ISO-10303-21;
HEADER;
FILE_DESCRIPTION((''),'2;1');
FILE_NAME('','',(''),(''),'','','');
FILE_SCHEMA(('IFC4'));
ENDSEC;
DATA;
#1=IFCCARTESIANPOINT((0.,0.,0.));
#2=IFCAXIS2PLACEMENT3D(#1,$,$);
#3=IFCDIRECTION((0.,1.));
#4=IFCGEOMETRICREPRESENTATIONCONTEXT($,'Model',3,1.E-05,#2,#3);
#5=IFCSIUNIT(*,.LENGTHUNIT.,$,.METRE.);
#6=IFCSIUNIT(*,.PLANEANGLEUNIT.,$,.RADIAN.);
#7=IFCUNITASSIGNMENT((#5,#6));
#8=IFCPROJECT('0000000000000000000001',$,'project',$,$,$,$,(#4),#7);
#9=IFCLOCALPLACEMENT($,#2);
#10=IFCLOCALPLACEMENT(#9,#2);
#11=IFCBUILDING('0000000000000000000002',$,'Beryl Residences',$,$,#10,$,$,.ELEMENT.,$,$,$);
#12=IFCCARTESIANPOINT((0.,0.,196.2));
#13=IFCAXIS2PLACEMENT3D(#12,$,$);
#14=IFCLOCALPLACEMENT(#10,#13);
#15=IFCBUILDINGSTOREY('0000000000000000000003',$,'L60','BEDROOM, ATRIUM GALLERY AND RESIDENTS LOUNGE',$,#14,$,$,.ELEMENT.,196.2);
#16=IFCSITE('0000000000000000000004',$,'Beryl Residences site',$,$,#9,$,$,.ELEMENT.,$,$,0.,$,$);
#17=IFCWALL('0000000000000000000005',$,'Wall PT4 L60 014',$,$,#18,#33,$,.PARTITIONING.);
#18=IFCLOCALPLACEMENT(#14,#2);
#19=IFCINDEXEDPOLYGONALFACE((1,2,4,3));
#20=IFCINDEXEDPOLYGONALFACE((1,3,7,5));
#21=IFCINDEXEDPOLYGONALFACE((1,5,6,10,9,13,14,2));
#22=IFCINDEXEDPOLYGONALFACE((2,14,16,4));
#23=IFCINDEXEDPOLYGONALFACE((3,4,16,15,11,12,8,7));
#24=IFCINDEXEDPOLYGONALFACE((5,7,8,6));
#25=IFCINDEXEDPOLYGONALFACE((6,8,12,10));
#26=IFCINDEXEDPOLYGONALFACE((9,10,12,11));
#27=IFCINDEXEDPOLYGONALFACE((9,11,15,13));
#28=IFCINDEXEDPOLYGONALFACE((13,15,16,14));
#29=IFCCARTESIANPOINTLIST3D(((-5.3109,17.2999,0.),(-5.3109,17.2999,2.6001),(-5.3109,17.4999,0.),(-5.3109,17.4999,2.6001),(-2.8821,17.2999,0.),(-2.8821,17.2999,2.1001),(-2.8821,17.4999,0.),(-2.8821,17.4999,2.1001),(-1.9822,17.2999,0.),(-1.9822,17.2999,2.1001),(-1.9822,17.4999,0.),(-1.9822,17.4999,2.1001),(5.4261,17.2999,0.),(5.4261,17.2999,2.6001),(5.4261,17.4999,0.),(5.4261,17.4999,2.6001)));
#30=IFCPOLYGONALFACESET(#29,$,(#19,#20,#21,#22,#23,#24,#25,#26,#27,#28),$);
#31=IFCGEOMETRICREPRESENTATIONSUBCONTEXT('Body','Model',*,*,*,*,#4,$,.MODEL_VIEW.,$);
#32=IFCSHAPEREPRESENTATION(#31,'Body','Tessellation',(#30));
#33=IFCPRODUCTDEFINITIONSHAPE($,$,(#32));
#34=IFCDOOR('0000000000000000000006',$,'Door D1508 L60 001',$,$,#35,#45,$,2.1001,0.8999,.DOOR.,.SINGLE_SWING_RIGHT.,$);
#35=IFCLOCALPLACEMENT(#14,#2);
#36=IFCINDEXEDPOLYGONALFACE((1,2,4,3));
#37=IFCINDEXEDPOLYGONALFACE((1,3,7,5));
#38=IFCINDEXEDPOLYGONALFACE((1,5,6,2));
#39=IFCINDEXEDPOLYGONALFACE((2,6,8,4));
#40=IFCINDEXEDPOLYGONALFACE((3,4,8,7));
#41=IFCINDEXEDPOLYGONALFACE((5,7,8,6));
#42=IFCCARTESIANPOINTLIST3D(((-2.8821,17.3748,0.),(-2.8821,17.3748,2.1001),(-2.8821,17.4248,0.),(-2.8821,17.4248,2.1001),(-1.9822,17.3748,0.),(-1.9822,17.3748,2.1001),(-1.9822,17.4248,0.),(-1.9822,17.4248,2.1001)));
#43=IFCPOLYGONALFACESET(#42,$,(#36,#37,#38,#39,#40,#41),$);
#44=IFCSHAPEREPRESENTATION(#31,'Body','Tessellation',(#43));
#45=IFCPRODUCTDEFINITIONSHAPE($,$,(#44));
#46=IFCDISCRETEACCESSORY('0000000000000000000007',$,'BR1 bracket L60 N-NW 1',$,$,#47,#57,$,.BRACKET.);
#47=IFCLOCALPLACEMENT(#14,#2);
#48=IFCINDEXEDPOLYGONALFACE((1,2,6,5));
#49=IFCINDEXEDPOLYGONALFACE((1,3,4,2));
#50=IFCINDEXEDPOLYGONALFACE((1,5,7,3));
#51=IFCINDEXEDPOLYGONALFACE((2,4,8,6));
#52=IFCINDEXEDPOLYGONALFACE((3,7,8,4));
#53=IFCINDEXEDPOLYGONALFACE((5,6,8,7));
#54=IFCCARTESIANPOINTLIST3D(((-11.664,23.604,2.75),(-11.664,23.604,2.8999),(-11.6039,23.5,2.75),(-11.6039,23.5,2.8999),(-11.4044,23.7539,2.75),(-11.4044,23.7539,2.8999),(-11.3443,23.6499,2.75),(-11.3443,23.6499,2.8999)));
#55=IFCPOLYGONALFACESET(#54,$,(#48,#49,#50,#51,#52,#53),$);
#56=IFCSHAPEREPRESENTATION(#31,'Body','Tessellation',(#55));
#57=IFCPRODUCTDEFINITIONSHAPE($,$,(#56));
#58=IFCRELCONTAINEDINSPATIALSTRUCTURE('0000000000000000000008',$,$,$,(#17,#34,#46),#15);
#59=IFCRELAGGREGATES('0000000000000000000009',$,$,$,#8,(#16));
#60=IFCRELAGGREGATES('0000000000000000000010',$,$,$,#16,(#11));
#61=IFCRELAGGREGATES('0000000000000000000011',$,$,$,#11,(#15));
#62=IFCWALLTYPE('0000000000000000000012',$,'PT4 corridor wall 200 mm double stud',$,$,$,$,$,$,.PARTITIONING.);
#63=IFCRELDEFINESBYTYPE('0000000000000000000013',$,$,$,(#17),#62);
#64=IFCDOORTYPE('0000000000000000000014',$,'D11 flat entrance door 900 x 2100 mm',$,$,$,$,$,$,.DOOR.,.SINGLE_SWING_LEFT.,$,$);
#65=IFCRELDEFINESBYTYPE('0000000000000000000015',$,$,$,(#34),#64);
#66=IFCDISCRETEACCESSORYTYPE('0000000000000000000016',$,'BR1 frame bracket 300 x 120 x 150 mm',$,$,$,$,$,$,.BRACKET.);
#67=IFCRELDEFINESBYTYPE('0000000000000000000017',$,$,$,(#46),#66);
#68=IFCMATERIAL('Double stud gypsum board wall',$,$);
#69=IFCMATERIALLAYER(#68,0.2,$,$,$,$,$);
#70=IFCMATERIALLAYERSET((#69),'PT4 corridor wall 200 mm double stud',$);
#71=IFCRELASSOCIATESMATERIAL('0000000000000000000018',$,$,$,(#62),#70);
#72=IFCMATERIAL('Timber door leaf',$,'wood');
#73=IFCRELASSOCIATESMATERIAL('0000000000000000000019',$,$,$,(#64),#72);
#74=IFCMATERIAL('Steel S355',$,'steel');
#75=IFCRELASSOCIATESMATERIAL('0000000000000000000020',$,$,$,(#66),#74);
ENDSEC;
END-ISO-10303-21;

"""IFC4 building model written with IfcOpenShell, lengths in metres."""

from ifc_helpers import new_model, si_unit, direction, frame, frame_2d, origin, place, context, subcontext, project, spatial, polyline, rectangle, outline, extrude, source, transform, mapped, material, layer, layer_set, type_object, type_shapes, element, fill, save


model = new_model("IFC4")

# Units and contexts
model_context = context("Model", 3, precision=1e-05, world=origin(), true_north=direction((0.0, 1.0)))
body_context = subcontext(model_context, "Body", "Model", "MODEL_VIEW")
ifc_project = project(units=[si_unit("LENGTHUNIT", "METRE"), si_unit("PLANEANGLEUNIT", "RADIAN")], contexts=[model_context])

# Site, building, storey
site_placement = place(None, origin())
site = spatial("IfcSite", under=ifc_project, at=site_placement, Name="Beryl Residences site", CompositionType="ELEMENT", RefElevation=0.0)
building_placement = place(site_placement, origin())
building = spatial("IfcBuilding", under=site, at=building_placement, Name="Beryl Residences", CompositionType="ELEMENT")
storey_placement = place(building_placement, frame((0.0, 0.0, 196.2)))
storey = spatial("IfcBuildingStorey", under=building, at=storey_placement, Name="L60", Description="BEDROOM, ATRIUM GALLERY AND RESIDENTS LOUNGE", CompositionType="ELEMENT", Elevation=196.2)

# Wall, opening, door
ifc_material_1 = material(Name="Double stud gypsum board wall")
ifc_layer_1 = layer(ifc_material_1, 0.2)
ifc_layer_set_1 = layer_set([ifc_layer_1], Name="PT4 corridor wall 200 mm double stud")
wall_type_1 = type_object("IfcWallType", Name="PT4 corridor wall 200 mm double stud", PredefinedType="PARTITIONING", material=ifc_layer_set_1)
wall_1_placement = place(storey_placement, frame((-5.311, 17.3999, 0.0), z_axis=(0.0, 0.0, 1.0), x_axis=(1.0, 0.0, 0.0)))
wall_1 = element("IfcWall", 1, at=wall_1_placement, inside=storey, type_object=wall_type_1, Name="Wall PT4 L60 014", PredefinedType="PARTITIONING", context=body_context, shape_type="SweptSolid", body=[
    extrude(rectangle(XDim=10.7371, YDim=0.2, at=frame_2d((5.3687, 0.0))), origin(), (0.0, 0.0, 1.0), 2.6001),
])
opening_1_placement = place(wall_1_placement, frame((2.429, 0.0, 0.0)))
opening_1 = element("IfcOpeningElement", 2, at=opening_1_placement, cuts=wall_1, PredefinedType="OPENING", context=body_context, shape_type="SweptSolid", body=[
    extrude(rectangle(XDim=0.8999, YDim=2.1001, at=frame_2d((0.45, 1.05))), frame((0.0, 0.1099, 0.0), z_axis=(0.0, -1.0, 0.0), x_axis=(1.0, 0.0, 0.0)), (0.0, 0.0, 1.0), 0.22),
])
ifc_material_2 = material(Name="Timber door leaf", Category="wood")
door_type_1 = type_object("IfcDoorType", Name="D11 flat entrance door 900 x 2100 mm", OperationType="SINGLE_SWING_LEFT", PredefinedType="DOOR", material=ifc_material_2)
door_1_placement = place(opening_1_placement, origin())
door_1 = element("IfcDoor", 3, at=door_1_placement, inside=storey, type_object=door_type_1, Name="Door D1508 L60 001", OperationType="SINGLE_SWING_RIGHT", OverallHeight=2.1001, OverallWidth=0.8999, PredefinedType="DOOR", context=body_context, shape_type="SweptSolid", body=[
    extrude(rectangle(XDim=0.8999, YDim=2.1001, at=frame_2d((0.45, 1.05))), frame((0.0, 0.0249, 0.0), z_axis=(0.0, -1.0, 0.0), x_axis=(1.0, 0.0, 0.0)), (0.0, 0.0, 1.0), 0.05),
])
fill(opening_1, door_1)

# Discrete accessory
ifc_material_3 = material(Name="Steel S355", Category="steel")
discrete_accessory_type = type_object("IfcDiscreteAccessoryType", Name="BR1 frame bracket 300 x 120 x 150 mm", PredefinedType="BRACKET", material=ifc_material_3)
shared_shape_1 = source(origin(), body_context, "Body", "SweptSolid", [
    extrude(outline(polyline([(-0.1499, 0.0), (0.1499, 0.0), (0.1499, 0.1201), (-0.1499, 0.1201), (-0.1499, 0.0)])), origin(), (0.0, 0.0, 1.0), 0.1499),
])
type_shapes(discrete_accessory_type, [shared_shape_1])
discrete_accessory_placement = place(storey_placement, frame((-11.4741, 23.575, 2.75), z_axis=(0.0, 0.0, 1.0), x_axis=(0.866025, 0.5, 0.0)))
element("IfcDiscreteAccessory", 4, at=discrete_accessory_placement, inside=storey, type_object=discrete_accessory_type, Name="BR1 bracket L60 N-NW 1", PredefinedType="BRACKET", context=body_context, shape_type="MappedRepresentation", body=[
    mapped(shared_shape_1, transform((0.0, 0.0, 0.0))),
])

save(model, "model.ifc")
